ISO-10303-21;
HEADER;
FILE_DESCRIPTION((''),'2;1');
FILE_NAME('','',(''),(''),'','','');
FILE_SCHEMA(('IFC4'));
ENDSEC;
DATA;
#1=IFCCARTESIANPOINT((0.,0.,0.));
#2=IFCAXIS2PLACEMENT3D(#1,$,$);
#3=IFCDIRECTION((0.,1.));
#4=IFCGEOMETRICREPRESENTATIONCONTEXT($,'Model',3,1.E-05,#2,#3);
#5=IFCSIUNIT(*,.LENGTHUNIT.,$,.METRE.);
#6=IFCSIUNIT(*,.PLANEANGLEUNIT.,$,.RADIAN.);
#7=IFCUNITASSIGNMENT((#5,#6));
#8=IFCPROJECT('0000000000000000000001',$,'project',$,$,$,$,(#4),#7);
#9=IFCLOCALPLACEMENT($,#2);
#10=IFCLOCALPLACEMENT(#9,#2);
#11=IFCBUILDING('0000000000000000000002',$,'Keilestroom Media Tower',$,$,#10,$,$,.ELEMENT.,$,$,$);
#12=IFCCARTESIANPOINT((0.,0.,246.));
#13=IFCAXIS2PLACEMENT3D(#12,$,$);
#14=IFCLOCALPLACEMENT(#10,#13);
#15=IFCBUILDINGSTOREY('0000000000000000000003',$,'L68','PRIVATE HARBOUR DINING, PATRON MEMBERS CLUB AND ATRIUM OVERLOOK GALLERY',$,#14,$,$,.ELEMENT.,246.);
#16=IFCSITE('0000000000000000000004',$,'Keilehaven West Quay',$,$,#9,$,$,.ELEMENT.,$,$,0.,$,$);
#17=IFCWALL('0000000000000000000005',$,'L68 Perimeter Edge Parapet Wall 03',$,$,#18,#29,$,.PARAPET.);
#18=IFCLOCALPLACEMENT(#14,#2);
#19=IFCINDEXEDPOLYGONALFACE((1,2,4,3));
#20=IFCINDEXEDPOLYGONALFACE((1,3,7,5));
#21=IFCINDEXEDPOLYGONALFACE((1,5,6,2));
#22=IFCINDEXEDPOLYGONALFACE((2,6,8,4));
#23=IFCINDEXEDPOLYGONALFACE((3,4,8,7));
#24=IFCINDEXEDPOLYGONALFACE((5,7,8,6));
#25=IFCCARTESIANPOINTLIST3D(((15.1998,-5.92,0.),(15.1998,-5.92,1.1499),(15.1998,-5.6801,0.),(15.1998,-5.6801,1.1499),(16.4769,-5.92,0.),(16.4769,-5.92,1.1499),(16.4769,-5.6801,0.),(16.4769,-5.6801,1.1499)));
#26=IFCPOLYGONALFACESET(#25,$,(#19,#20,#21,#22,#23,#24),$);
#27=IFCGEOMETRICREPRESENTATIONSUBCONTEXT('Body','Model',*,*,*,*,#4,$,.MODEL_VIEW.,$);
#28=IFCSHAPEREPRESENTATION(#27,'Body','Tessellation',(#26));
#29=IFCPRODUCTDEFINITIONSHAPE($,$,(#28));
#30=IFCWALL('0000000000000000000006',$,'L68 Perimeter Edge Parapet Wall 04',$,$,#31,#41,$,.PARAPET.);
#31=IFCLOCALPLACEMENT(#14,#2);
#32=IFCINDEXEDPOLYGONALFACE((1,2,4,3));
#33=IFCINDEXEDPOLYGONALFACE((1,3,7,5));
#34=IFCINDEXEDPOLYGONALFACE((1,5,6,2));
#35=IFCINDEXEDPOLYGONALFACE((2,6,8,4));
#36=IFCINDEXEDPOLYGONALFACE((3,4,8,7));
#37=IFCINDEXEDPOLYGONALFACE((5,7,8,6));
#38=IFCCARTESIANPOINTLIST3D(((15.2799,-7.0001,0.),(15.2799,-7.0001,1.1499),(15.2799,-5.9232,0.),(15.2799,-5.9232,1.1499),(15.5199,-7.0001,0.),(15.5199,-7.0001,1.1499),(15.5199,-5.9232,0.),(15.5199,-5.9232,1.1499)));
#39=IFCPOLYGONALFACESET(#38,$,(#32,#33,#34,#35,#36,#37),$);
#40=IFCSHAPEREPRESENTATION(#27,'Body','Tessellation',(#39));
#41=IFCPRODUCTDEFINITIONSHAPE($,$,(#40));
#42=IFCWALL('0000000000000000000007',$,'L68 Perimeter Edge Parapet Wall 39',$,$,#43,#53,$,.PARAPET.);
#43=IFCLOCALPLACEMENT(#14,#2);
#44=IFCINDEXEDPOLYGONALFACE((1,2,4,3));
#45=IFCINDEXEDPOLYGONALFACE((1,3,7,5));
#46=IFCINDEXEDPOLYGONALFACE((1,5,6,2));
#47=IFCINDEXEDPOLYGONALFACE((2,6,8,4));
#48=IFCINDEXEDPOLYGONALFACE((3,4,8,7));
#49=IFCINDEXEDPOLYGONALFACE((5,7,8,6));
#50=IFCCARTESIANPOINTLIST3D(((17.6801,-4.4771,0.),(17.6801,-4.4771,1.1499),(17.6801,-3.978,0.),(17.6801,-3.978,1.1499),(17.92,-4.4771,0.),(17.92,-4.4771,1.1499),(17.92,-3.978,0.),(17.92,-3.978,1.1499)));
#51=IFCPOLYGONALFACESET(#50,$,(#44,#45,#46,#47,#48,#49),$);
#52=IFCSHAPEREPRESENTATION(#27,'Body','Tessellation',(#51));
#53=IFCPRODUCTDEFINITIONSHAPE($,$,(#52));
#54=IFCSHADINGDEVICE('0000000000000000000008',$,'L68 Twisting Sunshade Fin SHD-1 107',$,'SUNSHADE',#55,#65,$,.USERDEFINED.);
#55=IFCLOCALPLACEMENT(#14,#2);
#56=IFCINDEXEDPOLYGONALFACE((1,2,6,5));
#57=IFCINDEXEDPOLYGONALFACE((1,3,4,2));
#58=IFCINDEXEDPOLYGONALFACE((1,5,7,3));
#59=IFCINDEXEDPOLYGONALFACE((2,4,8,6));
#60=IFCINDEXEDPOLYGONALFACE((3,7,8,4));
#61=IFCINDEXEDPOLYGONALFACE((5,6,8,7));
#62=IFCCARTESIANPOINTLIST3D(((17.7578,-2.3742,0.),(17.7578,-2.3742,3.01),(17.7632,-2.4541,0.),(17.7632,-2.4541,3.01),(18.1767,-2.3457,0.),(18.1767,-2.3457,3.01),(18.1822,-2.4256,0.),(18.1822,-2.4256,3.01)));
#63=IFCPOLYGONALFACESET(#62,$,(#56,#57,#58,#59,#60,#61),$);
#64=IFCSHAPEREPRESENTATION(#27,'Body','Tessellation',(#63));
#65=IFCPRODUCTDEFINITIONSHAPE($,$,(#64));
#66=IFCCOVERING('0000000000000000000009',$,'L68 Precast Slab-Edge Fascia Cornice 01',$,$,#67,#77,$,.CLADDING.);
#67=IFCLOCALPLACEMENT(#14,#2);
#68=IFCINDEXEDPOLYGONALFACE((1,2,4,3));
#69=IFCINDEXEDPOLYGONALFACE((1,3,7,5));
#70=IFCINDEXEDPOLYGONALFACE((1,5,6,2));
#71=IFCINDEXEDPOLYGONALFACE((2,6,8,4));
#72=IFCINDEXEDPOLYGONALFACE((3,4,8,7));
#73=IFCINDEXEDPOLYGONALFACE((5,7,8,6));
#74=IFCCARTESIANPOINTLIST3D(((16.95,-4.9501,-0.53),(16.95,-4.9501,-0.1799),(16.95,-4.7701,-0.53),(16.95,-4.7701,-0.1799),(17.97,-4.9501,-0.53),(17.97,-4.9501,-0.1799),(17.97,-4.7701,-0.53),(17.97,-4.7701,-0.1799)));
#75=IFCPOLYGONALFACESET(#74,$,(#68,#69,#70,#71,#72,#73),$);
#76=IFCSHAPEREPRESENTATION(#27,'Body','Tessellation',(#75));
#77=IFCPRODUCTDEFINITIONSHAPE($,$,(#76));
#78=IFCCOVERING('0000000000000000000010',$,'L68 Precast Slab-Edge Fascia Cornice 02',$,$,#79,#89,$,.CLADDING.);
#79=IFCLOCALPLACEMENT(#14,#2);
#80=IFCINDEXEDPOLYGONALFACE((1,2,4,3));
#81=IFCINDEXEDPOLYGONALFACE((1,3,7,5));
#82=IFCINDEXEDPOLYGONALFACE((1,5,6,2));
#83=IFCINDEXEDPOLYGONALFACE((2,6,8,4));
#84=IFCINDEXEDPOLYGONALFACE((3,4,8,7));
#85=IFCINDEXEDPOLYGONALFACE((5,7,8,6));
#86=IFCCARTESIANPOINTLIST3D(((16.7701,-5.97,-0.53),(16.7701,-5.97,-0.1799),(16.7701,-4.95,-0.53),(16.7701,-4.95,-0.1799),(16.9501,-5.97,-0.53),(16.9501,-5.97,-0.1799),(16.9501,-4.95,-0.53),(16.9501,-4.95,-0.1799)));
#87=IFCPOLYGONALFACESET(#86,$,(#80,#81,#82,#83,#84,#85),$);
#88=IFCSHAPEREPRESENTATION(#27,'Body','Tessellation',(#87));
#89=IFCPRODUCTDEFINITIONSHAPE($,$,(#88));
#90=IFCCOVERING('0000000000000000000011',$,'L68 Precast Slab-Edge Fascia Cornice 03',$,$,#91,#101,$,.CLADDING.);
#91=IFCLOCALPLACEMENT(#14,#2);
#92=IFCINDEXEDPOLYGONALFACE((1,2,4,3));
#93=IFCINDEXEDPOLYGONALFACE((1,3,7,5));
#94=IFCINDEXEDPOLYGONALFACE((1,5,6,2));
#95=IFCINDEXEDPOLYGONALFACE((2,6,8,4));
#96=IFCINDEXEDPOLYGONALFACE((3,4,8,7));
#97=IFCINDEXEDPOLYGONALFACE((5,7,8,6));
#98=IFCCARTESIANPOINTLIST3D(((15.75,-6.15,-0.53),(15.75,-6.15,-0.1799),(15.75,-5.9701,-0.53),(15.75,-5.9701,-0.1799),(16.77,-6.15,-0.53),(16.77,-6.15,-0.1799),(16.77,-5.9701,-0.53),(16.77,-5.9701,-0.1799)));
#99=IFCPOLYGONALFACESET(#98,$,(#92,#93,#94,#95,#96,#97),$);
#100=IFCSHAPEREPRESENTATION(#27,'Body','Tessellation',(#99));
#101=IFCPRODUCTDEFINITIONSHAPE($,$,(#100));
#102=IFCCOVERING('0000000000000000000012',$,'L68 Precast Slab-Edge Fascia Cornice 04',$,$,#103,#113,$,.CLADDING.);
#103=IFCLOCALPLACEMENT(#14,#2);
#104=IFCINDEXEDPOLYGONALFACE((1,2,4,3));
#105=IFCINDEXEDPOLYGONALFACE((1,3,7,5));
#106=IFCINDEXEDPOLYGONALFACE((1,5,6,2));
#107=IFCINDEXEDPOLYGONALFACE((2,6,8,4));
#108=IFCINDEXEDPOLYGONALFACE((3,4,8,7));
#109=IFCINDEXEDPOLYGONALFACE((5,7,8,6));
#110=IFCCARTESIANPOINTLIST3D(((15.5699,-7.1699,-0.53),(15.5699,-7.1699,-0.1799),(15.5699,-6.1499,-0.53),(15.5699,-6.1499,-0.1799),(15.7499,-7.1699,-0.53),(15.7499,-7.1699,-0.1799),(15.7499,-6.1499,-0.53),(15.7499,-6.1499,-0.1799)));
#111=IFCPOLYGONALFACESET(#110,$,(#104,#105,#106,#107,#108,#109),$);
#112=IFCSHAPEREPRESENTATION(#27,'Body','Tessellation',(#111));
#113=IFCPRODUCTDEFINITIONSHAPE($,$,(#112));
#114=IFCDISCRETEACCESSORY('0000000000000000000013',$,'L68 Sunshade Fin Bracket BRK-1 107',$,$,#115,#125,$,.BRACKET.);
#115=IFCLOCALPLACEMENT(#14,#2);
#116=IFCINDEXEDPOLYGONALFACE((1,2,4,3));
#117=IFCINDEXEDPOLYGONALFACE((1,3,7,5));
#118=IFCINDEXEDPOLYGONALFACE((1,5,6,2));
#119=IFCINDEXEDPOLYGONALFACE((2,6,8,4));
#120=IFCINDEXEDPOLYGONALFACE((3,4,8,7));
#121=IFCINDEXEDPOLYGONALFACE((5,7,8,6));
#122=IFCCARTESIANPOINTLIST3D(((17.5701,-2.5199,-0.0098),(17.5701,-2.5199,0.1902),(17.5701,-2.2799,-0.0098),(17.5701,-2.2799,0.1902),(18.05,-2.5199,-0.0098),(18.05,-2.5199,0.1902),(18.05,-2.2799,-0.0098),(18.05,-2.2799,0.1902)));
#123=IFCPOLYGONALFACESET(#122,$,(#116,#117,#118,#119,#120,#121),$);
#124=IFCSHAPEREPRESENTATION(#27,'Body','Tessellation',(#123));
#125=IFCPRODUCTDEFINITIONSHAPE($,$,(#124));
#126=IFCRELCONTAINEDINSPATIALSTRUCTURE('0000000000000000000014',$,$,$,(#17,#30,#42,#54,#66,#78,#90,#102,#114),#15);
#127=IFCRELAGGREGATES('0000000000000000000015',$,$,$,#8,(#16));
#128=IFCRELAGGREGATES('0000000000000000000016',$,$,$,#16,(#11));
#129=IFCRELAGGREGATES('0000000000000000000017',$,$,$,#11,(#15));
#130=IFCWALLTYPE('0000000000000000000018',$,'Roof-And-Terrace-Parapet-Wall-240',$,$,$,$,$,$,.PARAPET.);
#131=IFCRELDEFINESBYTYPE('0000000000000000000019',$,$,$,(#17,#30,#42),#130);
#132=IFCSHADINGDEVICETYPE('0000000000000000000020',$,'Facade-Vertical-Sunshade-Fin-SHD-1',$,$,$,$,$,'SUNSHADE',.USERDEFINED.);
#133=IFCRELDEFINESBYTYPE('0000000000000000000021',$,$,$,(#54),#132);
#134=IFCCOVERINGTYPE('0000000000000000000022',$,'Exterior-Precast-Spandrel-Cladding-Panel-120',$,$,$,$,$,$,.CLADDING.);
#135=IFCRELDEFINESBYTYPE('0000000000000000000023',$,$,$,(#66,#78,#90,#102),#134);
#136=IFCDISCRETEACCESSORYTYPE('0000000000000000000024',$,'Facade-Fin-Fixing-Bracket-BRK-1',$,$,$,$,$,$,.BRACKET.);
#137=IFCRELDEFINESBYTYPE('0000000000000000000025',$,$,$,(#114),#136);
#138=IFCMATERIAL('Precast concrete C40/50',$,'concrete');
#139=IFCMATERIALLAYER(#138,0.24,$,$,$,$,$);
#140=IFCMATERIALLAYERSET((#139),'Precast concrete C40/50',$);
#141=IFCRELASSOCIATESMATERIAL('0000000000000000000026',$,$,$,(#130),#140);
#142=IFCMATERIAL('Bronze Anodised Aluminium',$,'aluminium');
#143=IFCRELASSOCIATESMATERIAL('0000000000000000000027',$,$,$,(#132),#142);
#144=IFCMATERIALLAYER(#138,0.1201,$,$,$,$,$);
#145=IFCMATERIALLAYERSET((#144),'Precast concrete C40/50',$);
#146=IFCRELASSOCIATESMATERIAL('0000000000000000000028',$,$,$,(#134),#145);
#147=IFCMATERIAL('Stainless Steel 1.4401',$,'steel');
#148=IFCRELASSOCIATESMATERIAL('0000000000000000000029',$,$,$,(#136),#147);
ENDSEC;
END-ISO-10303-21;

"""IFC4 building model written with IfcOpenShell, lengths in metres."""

from ifc_helpers import new_model, si_unit, direction, frame, frame_2d, origin, origin_2d, place, context, subcontext, project, spatial, rectangle, extrude, source, transform, mapped, material, layer, layer_set, type_object, element, save


model = new_model("IFC4")

# Units and contexts
model_context = context("Model", 3, precision=1e-05, world=origin(), true_north=direction((0.0, 1.0)))
body_context = subcontext(model_context, "Body", "Model", "MODEL_VIEW")
ifc_project = project(units=[si_unit("LENGTHUNIT", "METRE"), si_unit("PLANEANGLEUNIT", "RADIAN")], contexts=[model_context])

# Site, building, storey
site_placement = place(None, origin())
site = spatial("IfcSite", under=ifc_project, at=site_placement, Name="Keilehaven West Quay", CompositionType="ELEMENT", RefElevation=0.0)
building_placement = place(site_placement, origin())
building = spatial("IfcBuilding", under=site, at=building_placement, Name="Keilestroom Media Tower", CompositionType="ELEMENT")
storey_placement = place(building_placement, frame((0.0, 0.0, 246.0)))
storey = spatial("IfcBuildingStorey", under=building, at=storey_placement, Name="L68", Description="PRIVATE HARBOUR DINING, PATRON MEMBERS CLUB AND ATRIUM OVERLOOK GALLERY", CompositionType="ELEMENT", Elevation=246.0)

# Shared definitions
ifc_material_1 = material(Name="Precast concrete C40/50", Category="concrete")

# Walls
ifc_layer_1 = layer(ifc_material_1, 0.24)
ifc_layer_set_1 = layer_set([ifc_layer_1], Name="Precast concrete C40/50")
wall_type = type_object("IfcWallType", Name="Roof-And-Terrace-Parapet-Wall-240", PredefinedType="PARAPET", material=ifc_layer_set_1)
wall_1_placement = place(storey_placement, frame((16.4771, -5.8, 0.0), z_axis=(0.0, 0.0, 1.0), x_axis=(-1.0, 0.0, 0.0)))
element("IfcWall", 1, at=wall_1_placement, inside=storey, type_object=wall_type, Name="L68 Perimeter Edge Parapet Wall 03", PredefinedType="PARAPET", context=body_context, shape_type="SweptSolid", body=[
    extrude(rectangle(XDim=1.2771, YDim=0.24, at=frame_2d((0.6387, 0.0))), origin(), (0.0, 0.0, 1.0), 1.1499),
])
wall_2_placement = place(storey_placement, frame((15.3999, -5.9231, 0.0), z_axis=(0.0, 0.0, 1.0), x_axis=(0.0, -1.0, 0.0)))
element("IfcWall", 2, at=wall_2_placement, inside=storey, type_object=wall_type, Name="L68 Perimeter Edge Parapet Wall 04", PredefinedType="PARAPET", context=body_context, shape_type="SweptSolid", body=[
    extrude(rectangle(XDim=1.0769, YDim=0.24, at=frame_2d((0.5386, 0.0))), origin(), (0.0, 0.0, 1.0), 1.1499),
])
wall_3_placement = place(storey_placement, frame((17.8, -3.978, 0.0), z_axis=(0.0, 0.0, 1.0), x_axis=(0.0, -1.0, 0.0)))
element("IfcWall", 3, at=wall_3_placement, inside=storey, type_object=wall_type, Name="L68 Perimeter Edge Parapet Wall 39", PredefinedType="PARAPET", context=body_context, shape_type="SweptSolid", body=[
    extrude(rectangle(XDim=0.499, YDim=0.24, at=frame_2d((0.2495, 0.0))), origin(), (0.0, 0.0, 1.0), 1.1499),
])

# Shading device
ifc_material_2 = material(Name="Bronze Anodised Aluminium", Category="aluminium")
shading_device_type = type_object("IfcShadingDeviceType", Name="Facade-Vertical-Sunshade-Fin-SHD-1", ElementType="SUNSHADE", PredefinedType="USERDEFINED", material=ifc_material_2)
shared_shape_1 = source(origin(), body_context, "Body", "SweptSolid", [
    extrude(rectangle(XDim=0.4199, YDim=0.0801, at=origin_2d()), origin(), (0.0, 0.0, 1.0), 3.01),
])
shading_device_placement = place(storey_placement, frame((17.97, -2.3999, 0.0), z_axis=(0.0, 0.0, 1.0), x_axis=(0.997684, 0.068015, 0.0)))
element("IfcShadingDevice", 4, at=shading_device_placement, inside=storey, type_object=shading_device_type, Name="L68 Twisting Sunshade Fin SHD-1 107", ObjectType="SUNSHADE", PredefinedType="USERDEFINED", context=body_context, shape_type="MappedRepresentation", body=[
    mapped(shared_shape_1, transform((0.0, 0.0, 0.0), x_axis=(1.0, 0.0, 0.0), y_axis=(0.0, 1.0, 0.0), z_axis=(0.0, 0.0, 1.0), scale=1.0)),
])

# Coverings
ifc_layer_2 = layer(ifc_material_1, 0.1201)
ifc_layer_set_2 = layer_set([ifc_layer_2], Name="Precast concrete C40/50")
covering_type = type_object("IfcCoveringType", Name="Exterior-Precast-Spandrel-Cladding-Panel-120", PredefinedType="CLADDING", material=ifc_layer_set_2)
shared_shape_2 = source(origin(), body_context, "Body", "SweptSolid", [
    extrude(rectangle(XDim=1.02, YDim=0.1799, at=origin_2d()), origin(), (0.0, 0.0, 1.0), 0.3501),
])
for number, where, z_axis, x_axis, name in (
    (5, (17.46, -4.8601, -0.53), (0.0, 0.0, 1.0), (-1.0, 0.0, 0.0), "L68 Precast Slab-Edge Fascia Cornice 01"),
    (6, (16.8601, -5.46, -0.53), (0.0, 0.0, 1.0), (0.0, -1.0, 0.0), "L68 Precast Slab-Edge Fascia Cornice 02"),
    (7, (16.26, -6.0601, -0.53), (0.0, 0.0, 1.0), (-1.0, 0.0, 0.0), "L68 Precast Slab-Edge Fascia Cornice 03"),
    (8, (15.6599, -6.6599, -0.53), (0.0, 0.0, 1.0), (0.0, -1.0, 0.0), "L68 Precast Slab-Edge Fascia Cornice 04"),
):
    element("IfcCovering", number, at=place(storey_placement, frame(where, z_axis=z_axis, x_axis=x_axis)), inside=storey, type_object=covering_type, Name=name, PredefinedType="CLADDING", context=body_context, shape_type="MappedRepresentation", body=[
        mapped(shared_shape_2, transform((0.0, 0.0, 0.0), x_axis=(1.0, 0.0, 0.0), y_axis=(0.0, 1.0, 0.0), z_axis=(0.0, 0.0, 1.0), scale=1.0)),
    ])

# Discrete accessory
ifc_material_3 = material(Name="Stainless Steel 1.4401", Category="steel")
discrete_accessory_type = type_object("IfcDiscreteAccessoryType", Name="Facade-Fin-Fixing-Bracket-BRK-1", PredefinedType="BRACKET", material=ifc_material_3)
shared_shape_3 = source(origin(), body_context, "Body", "SweptSolid", [
    extrude(rectangle(XDim=0.48, YDim=0.24, at=origin_2d()), origin(), (0.0, 0.0, 1.0), 0.2),
])
discrete_accessory_placement = place(storey_placement, frame((17.8101, -2.3999, -0.0098), z_axis=(0.0, 0.0, 1.0), x_axis=(1.0, 0.0, 0.0)))
element("IfcDiscreteAccessory", 9, at=discrete_accessory_placement, inside=storey, type_object=discrete_accessory_type, Name="L68 Sunshade Fin Bracket BRK-1 107", PredefinedType="BRACKET", context=body_context, shape_type="MappedRepresentation", body=[
    mapped(shared_shape_3, transform((0.0, 0.0, 0.0), x_axis=(1.0, 0.0, 0.0), y_axis=(0.0, 1.0, 0.0), z_axis=(0.0, 0.0, 1.0), scale=1.0)),
])

save(model, "model.ifc")
